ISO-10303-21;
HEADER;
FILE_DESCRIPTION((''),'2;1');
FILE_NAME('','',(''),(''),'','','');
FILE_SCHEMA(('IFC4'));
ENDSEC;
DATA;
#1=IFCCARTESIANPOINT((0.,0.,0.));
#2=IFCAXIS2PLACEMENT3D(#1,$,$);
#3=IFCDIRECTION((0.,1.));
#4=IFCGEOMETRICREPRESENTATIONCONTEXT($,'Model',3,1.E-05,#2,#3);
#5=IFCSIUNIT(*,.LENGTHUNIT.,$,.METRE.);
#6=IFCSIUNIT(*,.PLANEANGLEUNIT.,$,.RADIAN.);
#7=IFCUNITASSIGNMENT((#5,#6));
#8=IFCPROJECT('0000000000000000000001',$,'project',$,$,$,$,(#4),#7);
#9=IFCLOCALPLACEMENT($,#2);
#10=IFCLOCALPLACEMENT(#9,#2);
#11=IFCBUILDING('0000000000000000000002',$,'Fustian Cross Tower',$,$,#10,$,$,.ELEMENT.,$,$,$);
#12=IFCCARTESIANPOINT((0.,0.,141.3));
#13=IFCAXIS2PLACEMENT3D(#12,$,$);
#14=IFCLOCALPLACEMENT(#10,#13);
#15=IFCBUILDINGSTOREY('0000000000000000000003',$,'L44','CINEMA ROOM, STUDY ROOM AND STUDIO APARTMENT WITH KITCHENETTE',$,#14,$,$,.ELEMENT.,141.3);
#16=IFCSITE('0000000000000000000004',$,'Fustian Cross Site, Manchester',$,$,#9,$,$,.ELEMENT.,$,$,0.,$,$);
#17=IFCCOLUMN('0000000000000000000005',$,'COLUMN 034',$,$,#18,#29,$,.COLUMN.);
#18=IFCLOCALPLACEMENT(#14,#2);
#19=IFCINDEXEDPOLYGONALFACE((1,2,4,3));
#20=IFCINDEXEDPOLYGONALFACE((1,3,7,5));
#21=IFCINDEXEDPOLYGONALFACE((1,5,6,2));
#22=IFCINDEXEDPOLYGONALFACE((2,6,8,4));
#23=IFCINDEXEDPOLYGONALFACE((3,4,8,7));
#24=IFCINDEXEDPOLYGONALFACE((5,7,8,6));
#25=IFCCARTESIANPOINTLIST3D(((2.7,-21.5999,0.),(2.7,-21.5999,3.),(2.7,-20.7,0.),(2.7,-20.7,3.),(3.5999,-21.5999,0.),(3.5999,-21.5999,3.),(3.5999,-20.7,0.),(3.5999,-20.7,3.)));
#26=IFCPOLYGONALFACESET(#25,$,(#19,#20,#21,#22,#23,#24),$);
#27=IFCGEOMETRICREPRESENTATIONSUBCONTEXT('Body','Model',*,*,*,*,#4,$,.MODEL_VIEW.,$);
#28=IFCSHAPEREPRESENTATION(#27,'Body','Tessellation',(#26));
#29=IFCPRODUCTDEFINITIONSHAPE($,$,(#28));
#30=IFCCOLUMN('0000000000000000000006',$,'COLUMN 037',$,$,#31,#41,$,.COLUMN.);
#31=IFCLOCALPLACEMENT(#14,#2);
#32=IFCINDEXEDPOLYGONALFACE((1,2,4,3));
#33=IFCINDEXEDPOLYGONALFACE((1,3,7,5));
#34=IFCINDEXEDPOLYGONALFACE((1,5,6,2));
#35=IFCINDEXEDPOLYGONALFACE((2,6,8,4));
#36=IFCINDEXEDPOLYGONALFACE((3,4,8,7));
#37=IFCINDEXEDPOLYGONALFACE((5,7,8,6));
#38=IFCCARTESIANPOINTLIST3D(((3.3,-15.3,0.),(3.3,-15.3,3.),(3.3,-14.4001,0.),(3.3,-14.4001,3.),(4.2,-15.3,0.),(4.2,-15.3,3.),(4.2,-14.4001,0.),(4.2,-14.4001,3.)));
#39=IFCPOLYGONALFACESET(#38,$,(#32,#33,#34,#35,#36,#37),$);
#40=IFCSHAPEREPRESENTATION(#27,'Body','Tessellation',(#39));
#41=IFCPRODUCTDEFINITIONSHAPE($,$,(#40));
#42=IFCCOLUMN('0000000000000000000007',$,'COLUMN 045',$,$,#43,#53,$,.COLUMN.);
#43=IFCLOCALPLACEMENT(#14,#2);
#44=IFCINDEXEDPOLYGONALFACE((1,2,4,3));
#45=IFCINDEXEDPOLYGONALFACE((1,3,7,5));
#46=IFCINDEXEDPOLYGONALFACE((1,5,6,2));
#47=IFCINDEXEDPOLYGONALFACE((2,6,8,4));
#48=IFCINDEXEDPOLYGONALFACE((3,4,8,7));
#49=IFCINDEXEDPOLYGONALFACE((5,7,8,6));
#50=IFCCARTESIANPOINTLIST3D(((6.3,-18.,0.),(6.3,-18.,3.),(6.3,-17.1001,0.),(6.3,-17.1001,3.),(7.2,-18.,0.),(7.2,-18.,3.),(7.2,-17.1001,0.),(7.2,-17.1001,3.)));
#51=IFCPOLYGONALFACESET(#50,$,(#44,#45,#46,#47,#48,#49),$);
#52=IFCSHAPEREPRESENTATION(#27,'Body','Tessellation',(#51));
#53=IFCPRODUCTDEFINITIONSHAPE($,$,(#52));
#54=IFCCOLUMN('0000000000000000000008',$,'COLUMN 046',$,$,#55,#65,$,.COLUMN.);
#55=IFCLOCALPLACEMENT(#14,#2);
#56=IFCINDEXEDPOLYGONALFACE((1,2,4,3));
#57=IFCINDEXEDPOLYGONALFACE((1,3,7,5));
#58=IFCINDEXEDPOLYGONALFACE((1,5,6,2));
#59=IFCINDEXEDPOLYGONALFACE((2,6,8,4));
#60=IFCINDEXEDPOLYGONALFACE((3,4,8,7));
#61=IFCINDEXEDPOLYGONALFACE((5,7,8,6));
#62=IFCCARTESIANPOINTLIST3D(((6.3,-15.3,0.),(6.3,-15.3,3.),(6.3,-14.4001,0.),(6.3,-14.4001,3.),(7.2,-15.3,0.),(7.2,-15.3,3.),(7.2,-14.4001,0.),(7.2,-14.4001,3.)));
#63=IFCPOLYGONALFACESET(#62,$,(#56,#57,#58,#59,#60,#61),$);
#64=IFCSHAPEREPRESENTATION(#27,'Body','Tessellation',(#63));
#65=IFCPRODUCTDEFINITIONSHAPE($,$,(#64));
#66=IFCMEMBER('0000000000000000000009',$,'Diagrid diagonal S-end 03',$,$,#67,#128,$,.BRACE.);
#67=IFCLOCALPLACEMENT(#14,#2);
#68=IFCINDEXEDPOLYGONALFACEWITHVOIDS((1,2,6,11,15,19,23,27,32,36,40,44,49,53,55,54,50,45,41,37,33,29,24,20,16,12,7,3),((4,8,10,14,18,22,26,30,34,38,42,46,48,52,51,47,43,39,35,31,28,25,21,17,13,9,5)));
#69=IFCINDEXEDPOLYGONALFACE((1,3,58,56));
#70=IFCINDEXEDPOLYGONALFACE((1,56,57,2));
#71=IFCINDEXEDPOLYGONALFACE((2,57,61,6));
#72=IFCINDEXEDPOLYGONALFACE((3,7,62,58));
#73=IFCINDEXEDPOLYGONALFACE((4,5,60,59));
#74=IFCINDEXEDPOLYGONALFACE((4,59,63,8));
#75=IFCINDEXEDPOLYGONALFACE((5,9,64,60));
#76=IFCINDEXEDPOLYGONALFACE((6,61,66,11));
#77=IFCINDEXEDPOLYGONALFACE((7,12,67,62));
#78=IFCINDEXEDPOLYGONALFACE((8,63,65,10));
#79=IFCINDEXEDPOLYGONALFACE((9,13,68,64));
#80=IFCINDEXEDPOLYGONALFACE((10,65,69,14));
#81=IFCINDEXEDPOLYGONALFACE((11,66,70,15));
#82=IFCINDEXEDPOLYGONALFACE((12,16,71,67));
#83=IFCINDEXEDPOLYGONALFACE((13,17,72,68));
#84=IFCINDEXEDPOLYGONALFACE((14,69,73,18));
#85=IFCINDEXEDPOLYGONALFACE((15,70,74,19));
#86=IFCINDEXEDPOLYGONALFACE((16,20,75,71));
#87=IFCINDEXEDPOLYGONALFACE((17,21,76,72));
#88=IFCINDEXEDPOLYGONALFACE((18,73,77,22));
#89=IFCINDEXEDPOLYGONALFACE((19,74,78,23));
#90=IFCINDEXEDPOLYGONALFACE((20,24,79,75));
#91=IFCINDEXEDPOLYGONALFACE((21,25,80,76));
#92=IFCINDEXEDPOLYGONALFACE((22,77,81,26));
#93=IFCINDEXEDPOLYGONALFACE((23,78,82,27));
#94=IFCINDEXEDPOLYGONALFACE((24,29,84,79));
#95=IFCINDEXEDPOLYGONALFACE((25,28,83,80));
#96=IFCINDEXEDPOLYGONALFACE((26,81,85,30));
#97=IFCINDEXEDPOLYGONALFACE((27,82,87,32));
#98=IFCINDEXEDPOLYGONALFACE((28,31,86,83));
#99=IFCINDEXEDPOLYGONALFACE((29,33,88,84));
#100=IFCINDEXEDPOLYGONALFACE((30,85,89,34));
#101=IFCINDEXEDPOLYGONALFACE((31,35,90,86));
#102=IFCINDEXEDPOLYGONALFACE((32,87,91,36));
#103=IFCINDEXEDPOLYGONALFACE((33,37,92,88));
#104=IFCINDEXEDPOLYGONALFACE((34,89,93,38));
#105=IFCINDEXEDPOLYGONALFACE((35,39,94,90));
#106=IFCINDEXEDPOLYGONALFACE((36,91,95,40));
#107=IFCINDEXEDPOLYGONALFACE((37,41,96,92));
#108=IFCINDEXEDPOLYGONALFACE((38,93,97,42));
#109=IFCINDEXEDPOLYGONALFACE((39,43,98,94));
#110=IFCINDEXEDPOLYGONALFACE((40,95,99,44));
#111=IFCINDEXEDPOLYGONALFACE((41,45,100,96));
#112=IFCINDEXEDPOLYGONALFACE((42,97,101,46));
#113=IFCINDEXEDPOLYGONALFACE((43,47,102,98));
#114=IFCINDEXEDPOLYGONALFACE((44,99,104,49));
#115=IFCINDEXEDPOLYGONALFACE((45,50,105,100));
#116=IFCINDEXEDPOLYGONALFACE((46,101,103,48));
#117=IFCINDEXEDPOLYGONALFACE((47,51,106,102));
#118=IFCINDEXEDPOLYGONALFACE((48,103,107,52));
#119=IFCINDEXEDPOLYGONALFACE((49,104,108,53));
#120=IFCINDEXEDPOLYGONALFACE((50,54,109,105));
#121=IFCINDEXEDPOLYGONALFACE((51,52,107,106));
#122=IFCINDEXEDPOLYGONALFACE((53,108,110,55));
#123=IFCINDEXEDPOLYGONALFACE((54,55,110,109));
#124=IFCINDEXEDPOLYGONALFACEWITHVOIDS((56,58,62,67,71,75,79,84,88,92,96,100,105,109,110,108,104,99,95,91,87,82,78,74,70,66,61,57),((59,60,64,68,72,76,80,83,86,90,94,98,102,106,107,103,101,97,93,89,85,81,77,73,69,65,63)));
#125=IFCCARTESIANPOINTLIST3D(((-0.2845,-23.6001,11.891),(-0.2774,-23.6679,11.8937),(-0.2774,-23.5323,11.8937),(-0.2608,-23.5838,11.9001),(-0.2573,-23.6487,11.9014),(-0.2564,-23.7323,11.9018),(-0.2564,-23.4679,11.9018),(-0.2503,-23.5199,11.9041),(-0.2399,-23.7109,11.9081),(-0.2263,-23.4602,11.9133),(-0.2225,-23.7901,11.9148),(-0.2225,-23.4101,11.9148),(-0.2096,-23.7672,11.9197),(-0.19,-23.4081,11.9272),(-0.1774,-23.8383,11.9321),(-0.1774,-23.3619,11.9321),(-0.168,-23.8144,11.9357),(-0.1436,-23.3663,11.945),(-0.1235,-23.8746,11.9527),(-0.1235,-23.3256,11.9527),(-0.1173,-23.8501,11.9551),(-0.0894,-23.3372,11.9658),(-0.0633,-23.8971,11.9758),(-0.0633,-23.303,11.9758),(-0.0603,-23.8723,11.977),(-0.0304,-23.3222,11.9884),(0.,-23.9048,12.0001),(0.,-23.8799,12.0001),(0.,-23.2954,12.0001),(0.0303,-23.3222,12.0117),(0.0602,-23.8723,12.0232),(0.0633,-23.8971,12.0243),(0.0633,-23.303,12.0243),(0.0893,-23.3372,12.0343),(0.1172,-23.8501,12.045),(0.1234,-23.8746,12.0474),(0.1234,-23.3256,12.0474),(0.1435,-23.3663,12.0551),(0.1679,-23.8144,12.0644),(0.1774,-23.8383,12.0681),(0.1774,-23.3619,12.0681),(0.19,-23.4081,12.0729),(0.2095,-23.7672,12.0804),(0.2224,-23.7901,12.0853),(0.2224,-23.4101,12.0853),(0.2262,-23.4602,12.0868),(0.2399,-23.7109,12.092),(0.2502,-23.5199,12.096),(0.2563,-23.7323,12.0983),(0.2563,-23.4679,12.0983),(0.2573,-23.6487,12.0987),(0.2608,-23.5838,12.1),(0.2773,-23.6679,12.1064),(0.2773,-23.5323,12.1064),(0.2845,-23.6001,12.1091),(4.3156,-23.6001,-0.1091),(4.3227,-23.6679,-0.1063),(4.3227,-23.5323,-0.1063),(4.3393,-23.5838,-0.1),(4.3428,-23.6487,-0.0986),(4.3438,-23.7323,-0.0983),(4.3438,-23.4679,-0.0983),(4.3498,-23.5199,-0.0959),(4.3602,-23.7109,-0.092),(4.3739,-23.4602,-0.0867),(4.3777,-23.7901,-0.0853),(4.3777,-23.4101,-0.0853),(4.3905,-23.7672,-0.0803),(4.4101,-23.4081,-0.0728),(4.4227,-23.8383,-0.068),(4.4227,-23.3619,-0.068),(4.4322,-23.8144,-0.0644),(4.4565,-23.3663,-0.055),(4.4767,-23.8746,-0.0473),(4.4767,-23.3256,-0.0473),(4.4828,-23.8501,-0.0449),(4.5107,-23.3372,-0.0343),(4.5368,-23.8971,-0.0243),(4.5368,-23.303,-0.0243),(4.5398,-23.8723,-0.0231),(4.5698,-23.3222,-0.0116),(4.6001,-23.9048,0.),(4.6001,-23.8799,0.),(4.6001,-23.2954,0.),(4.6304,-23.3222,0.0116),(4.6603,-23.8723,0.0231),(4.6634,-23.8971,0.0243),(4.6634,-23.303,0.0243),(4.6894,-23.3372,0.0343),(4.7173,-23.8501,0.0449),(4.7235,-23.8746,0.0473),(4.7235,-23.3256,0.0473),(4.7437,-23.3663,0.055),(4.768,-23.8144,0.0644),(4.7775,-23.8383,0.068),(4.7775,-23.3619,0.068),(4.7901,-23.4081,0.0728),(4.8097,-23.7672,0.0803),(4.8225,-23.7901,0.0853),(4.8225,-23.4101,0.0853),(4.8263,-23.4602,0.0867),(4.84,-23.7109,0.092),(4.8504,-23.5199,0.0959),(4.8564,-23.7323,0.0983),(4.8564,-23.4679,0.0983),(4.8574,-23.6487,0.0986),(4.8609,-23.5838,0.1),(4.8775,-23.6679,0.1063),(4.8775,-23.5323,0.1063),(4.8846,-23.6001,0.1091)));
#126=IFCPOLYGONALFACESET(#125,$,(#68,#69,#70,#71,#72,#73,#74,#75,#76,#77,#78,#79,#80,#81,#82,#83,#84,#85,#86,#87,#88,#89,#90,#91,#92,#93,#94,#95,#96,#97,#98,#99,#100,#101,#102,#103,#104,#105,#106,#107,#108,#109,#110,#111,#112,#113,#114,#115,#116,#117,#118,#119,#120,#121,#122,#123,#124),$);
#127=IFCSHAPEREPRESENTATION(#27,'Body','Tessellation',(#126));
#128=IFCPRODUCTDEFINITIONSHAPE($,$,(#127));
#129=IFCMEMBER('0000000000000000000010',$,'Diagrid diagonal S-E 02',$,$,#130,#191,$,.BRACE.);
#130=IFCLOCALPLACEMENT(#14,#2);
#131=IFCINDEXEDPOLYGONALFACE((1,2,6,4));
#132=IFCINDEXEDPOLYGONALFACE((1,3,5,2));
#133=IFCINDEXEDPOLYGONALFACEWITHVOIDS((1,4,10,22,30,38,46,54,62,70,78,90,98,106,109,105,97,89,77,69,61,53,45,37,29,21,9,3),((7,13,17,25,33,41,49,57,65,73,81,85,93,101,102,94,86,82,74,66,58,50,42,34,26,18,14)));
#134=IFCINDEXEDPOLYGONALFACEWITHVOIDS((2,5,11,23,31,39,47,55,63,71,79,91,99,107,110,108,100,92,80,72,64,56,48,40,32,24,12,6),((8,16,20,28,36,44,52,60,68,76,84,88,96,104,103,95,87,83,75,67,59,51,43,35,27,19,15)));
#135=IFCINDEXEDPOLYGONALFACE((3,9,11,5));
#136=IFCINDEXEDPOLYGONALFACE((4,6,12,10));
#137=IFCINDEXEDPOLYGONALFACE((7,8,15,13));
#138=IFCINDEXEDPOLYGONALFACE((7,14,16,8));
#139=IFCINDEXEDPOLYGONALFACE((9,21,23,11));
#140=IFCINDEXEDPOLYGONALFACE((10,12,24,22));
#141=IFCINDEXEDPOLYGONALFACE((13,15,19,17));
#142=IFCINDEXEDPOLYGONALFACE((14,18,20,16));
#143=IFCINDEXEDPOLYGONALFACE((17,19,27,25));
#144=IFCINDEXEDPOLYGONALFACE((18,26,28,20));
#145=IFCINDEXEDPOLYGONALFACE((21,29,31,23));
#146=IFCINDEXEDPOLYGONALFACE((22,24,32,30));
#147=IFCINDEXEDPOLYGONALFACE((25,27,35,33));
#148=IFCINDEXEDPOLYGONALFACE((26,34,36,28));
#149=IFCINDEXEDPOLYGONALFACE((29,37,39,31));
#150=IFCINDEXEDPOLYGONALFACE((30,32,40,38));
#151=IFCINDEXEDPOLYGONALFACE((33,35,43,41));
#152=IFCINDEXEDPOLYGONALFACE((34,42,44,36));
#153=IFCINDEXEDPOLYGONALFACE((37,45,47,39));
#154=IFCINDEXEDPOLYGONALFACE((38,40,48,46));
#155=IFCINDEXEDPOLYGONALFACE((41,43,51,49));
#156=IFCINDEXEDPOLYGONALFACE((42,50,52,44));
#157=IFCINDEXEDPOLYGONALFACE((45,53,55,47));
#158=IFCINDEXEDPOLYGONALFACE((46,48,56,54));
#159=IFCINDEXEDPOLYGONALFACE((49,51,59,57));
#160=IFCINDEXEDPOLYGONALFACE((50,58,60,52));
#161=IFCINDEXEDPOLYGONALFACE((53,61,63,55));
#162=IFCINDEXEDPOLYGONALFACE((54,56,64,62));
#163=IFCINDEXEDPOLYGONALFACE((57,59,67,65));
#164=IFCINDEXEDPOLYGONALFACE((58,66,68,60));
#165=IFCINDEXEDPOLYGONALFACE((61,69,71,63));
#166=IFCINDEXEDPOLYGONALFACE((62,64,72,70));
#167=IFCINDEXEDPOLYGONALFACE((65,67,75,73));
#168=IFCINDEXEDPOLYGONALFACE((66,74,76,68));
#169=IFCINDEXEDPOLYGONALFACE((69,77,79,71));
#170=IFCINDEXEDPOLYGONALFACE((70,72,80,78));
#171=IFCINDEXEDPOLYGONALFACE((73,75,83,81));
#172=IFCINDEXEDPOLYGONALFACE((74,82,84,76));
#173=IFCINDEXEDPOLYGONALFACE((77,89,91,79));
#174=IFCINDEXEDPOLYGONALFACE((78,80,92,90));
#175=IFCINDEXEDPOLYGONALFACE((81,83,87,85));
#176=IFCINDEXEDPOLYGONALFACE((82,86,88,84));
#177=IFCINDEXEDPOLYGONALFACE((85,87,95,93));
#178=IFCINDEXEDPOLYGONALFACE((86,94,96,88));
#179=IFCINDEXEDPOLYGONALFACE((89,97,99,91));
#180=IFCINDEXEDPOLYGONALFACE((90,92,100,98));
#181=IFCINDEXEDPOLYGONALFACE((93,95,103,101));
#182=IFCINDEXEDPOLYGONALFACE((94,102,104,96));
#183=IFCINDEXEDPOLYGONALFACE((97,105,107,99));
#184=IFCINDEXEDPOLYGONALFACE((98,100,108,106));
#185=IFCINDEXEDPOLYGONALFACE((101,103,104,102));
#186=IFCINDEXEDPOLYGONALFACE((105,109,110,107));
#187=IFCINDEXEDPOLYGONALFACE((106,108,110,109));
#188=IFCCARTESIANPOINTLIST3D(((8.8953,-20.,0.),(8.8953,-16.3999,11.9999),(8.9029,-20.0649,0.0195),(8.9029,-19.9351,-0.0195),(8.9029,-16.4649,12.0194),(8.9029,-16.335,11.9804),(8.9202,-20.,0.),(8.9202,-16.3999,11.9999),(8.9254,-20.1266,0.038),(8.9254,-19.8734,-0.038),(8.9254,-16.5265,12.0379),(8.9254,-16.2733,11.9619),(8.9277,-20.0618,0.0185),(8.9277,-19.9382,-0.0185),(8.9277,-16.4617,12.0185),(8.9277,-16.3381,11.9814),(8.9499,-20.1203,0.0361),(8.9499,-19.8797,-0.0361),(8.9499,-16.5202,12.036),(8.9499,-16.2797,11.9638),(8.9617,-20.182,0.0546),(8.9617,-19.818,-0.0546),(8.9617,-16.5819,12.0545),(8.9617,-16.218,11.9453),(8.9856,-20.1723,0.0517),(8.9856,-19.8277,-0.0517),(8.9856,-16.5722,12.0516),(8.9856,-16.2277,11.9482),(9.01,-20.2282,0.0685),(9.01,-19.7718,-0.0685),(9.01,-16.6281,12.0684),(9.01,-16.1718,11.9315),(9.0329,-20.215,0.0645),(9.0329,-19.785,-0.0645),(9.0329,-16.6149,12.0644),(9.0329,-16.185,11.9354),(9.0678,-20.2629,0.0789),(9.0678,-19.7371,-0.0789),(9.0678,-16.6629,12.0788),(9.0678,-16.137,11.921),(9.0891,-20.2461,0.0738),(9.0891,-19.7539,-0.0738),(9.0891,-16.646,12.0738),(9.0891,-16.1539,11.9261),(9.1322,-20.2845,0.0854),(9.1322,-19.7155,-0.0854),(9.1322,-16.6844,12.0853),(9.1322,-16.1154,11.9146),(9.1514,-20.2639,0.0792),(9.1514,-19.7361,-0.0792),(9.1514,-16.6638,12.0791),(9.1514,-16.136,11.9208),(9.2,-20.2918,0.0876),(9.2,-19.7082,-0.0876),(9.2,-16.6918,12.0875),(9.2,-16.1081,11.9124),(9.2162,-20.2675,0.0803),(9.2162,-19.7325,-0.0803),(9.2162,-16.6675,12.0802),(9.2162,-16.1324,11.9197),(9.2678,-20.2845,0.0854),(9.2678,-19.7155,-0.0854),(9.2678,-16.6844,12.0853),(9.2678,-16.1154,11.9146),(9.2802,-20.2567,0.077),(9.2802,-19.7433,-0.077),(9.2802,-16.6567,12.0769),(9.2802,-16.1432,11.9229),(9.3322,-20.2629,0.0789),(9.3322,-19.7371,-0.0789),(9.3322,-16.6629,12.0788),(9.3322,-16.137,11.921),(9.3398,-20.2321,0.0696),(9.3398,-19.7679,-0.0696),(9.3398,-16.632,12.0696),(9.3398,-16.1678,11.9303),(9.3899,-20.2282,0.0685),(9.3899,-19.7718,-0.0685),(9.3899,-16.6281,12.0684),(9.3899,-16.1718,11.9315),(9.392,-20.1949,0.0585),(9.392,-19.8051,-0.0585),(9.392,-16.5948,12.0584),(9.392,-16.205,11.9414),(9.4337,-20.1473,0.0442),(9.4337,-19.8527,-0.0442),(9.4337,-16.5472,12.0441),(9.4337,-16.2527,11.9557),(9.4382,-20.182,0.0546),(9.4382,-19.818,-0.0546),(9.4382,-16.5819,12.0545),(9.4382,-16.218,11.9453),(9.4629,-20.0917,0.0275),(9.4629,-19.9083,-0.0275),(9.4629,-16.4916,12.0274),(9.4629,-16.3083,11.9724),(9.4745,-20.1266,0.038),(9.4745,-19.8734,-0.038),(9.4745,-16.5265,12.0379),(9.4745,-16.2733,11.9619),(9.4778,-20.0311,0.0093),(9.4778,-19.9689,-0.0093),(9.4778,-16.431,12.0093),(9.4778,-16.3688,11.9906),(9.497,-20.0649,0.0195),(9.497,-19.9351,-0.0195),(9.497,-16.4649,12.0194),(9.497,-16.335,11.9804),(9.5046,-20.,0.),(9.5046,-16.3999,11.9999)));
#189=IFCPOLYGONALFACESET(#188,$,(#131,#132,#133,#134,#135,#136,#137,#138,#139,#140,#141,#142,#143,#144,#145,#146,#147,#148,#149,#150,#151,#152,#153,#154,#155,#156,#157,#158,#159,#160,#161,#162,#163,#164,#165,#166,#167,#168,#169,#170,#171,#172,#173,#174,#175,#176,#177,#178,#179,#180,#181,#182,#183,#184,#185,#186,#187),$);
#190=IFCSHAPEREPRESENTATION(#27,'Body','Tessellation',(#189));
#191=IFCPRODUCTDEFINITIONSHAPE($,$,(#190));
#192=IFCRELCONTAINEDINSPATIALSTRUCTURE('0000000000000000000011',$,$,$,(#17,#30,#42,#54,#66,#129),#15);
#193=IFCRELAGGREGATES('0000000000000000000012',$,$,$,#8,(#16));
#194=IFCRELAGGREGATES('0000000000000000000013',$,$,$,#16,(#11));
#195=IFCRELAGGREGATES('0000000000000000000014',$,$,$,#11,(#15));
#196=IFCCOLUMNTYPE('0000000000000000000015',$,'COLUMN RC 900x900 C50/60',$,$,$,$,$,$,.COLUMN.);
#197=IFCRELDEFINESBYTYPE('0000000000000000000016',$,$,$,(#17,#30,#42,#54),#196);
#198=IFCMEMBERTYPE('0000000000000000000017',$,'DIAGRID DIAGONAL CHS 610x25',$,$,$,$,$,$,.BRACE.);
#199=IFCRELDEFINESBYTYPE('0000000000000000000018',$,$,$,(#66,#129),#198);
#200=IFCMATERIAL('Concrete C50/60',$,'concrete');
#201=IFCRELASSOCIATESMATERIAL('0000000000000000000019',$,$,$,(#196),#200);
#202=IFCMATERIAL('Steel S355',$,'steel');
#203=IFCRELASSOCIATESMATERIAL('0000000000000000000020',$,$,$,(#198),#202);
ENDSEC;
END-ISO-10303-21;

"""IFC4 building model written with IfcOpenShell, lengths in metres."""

from ifc_helpers import new_model, si_unit, direction, frame, origin, origin_2d, place, context, subcontext, project, spatial, rectangle, hollow_circle, extrude, material, material_profile, profile_set, type_object, element, save


model = new_model("IFC4")

# Units and contexts
model_context = context("Model", 3, precision=1e-05, world=origin(), true_north=direction((0.0, 1.0)))
body_context = subcontext(model_context, "Body", "Model", "MODEL_VIEW")
ifc_project = project(units=[si_unit("LENGTHUNIT", "METRE"), si_unit("PLANEANGLEUNIT", "RADIAN")], contexts=[model_context])

# Site, building, storey
site_placement = place(None, origin())
site = spatial("IfcSite", under=ifc_project, at=site_placement, Name="Fustian Cross Site, Manchester", CompositionType="ELEMENT", RefElevation=0.0)
building_placement = place(site_placement, origin())
building = spatial("IfcBuilding", under=site, at=building_placement, Name="Fustian Cross Tower", CompositionType="ELEMENT")
storey_placement = place(building_placement, frame((0.0, 0.0, 141.3)))
storey = spatial("IfcBuildingStorey", under=building, at=storey_placement, Name="L44", Description="CINEMA ROOM, STUDY ROOM AND STUDIO APARTMENT WITH KITCHENETTE", CompositionType="ELEMENT", Elevation=141.3)

# Columns
ifc_material_1 = material(Name="Concrete C50/60", Category="concrete")
ifc_material_profile_1 = material_profile(ifc_material_1, rectangle(XDim=0.8999, YDim=0.8999, at=origin_2d()), Name="RC 900x900")
ifc_profile_set_1 = profile_set([ifc_material_profile_1], Name="Concrete C50/60")
column_type = type_object("IfcColumnType", Name="COLUMN RC 900x900 C50/60", PredefinedType="COLUMN", material=ifc_profile_set_1)
for number, where, z_axis, x_axis, name in (
    (1, (3.1499, -21.1499, 0.0), (0.0, 0.0, 1.0), (1.0, 0.0, 0.0), "COLUMN 034"),
    (2, (3.75, -14.8501, 0.0), (0.0, 0.0, 1.0), (1.0, 0.0, 0.0), "COLUMN 037"),
    (3, (6.75, -17.55, 0.0), (0.0, 0.0, 1.0), (1.0, 0.0, 0.0), "COLUMN 045"),
    (4, (6.75, -14.8501, 0.0), (0.0, 0.0, 1.0), (1.0, 0.0, 0.0), "COLUMN 046"),
):
    element("IfcColumn", number, at=place(storey_placement, frame(where, z_axis=z_axis, x_axis=x_axis)), inside=storey, type_object=column_type, Name=name, PredefinedType="COLUMN", context=body_context, shape_type="SweptSolid", body=[
        extrude(rectangle(XDim=0.8999, YDim=0.8999, at=origin_2d()), origin(), (0.0, 0.0, 1.0), 3.0),
    ])

# Members
ifc_material_2 = material(Name="Steel S355", Category="steel")
ifc_material_profile_2 = material_profile(ifc_material_2, hollow_circle(Radius=0.3047, WallThickness=0.0249, at=origin_2d()), Name="CHS 610x25")
ifc_profile_set_2 = profile_set([ifc_material_profile_2], Name="Steel S355")
member_type_1 = type_object("IfcMemberType", Name="DIAGRID DIAGONAL CHS 610x25", PredefinedType="BRACE", material=ifc_profile_set_2)
member_1_placement = place(storey_placement, frame((4.6001, -23.6001, 0.0), z_axis=(-0.357943, 0.0, 0.933744), x_axis=(0.0, -1.0, 0.0)))
element("IfcMember", 5, at=member_1_placement, inside=storey, type_object=member_type_1, Name="Diagrid diagonal S-end 03", PredefinedType="BRACE", context=body_context, shape_type="SweptSolid", body=[
    extrude(hollow_circle(Radius=0.3047, WallThickness=0.0249, at=origin_2d()), origin(), (0.0, 0.0, 1.0), 12.8516),
])
member_2_placement = place(storey_placement, frame((9.2, -20.0, 0.0), z_axis=(0.0, 0.287355, 0.957824), x_axis=(-1.0, 0.0, 0.0)))
element("IfcMember", 6, at=member_2_placement, inside=storey, type_object=member_type_1, Name="Diagrid diagonal S-E 02", PredefinedType="BRACE", context=body_context, shape_type="SweptSolid", body=[
    extrude(hollow_circle(Radius=0.3047, WallThickness=0.0249, at=origin_2d()), origin(), (0.0, 0.0, 1.0), 12.5283),
])

save(model, "model.ifc")
